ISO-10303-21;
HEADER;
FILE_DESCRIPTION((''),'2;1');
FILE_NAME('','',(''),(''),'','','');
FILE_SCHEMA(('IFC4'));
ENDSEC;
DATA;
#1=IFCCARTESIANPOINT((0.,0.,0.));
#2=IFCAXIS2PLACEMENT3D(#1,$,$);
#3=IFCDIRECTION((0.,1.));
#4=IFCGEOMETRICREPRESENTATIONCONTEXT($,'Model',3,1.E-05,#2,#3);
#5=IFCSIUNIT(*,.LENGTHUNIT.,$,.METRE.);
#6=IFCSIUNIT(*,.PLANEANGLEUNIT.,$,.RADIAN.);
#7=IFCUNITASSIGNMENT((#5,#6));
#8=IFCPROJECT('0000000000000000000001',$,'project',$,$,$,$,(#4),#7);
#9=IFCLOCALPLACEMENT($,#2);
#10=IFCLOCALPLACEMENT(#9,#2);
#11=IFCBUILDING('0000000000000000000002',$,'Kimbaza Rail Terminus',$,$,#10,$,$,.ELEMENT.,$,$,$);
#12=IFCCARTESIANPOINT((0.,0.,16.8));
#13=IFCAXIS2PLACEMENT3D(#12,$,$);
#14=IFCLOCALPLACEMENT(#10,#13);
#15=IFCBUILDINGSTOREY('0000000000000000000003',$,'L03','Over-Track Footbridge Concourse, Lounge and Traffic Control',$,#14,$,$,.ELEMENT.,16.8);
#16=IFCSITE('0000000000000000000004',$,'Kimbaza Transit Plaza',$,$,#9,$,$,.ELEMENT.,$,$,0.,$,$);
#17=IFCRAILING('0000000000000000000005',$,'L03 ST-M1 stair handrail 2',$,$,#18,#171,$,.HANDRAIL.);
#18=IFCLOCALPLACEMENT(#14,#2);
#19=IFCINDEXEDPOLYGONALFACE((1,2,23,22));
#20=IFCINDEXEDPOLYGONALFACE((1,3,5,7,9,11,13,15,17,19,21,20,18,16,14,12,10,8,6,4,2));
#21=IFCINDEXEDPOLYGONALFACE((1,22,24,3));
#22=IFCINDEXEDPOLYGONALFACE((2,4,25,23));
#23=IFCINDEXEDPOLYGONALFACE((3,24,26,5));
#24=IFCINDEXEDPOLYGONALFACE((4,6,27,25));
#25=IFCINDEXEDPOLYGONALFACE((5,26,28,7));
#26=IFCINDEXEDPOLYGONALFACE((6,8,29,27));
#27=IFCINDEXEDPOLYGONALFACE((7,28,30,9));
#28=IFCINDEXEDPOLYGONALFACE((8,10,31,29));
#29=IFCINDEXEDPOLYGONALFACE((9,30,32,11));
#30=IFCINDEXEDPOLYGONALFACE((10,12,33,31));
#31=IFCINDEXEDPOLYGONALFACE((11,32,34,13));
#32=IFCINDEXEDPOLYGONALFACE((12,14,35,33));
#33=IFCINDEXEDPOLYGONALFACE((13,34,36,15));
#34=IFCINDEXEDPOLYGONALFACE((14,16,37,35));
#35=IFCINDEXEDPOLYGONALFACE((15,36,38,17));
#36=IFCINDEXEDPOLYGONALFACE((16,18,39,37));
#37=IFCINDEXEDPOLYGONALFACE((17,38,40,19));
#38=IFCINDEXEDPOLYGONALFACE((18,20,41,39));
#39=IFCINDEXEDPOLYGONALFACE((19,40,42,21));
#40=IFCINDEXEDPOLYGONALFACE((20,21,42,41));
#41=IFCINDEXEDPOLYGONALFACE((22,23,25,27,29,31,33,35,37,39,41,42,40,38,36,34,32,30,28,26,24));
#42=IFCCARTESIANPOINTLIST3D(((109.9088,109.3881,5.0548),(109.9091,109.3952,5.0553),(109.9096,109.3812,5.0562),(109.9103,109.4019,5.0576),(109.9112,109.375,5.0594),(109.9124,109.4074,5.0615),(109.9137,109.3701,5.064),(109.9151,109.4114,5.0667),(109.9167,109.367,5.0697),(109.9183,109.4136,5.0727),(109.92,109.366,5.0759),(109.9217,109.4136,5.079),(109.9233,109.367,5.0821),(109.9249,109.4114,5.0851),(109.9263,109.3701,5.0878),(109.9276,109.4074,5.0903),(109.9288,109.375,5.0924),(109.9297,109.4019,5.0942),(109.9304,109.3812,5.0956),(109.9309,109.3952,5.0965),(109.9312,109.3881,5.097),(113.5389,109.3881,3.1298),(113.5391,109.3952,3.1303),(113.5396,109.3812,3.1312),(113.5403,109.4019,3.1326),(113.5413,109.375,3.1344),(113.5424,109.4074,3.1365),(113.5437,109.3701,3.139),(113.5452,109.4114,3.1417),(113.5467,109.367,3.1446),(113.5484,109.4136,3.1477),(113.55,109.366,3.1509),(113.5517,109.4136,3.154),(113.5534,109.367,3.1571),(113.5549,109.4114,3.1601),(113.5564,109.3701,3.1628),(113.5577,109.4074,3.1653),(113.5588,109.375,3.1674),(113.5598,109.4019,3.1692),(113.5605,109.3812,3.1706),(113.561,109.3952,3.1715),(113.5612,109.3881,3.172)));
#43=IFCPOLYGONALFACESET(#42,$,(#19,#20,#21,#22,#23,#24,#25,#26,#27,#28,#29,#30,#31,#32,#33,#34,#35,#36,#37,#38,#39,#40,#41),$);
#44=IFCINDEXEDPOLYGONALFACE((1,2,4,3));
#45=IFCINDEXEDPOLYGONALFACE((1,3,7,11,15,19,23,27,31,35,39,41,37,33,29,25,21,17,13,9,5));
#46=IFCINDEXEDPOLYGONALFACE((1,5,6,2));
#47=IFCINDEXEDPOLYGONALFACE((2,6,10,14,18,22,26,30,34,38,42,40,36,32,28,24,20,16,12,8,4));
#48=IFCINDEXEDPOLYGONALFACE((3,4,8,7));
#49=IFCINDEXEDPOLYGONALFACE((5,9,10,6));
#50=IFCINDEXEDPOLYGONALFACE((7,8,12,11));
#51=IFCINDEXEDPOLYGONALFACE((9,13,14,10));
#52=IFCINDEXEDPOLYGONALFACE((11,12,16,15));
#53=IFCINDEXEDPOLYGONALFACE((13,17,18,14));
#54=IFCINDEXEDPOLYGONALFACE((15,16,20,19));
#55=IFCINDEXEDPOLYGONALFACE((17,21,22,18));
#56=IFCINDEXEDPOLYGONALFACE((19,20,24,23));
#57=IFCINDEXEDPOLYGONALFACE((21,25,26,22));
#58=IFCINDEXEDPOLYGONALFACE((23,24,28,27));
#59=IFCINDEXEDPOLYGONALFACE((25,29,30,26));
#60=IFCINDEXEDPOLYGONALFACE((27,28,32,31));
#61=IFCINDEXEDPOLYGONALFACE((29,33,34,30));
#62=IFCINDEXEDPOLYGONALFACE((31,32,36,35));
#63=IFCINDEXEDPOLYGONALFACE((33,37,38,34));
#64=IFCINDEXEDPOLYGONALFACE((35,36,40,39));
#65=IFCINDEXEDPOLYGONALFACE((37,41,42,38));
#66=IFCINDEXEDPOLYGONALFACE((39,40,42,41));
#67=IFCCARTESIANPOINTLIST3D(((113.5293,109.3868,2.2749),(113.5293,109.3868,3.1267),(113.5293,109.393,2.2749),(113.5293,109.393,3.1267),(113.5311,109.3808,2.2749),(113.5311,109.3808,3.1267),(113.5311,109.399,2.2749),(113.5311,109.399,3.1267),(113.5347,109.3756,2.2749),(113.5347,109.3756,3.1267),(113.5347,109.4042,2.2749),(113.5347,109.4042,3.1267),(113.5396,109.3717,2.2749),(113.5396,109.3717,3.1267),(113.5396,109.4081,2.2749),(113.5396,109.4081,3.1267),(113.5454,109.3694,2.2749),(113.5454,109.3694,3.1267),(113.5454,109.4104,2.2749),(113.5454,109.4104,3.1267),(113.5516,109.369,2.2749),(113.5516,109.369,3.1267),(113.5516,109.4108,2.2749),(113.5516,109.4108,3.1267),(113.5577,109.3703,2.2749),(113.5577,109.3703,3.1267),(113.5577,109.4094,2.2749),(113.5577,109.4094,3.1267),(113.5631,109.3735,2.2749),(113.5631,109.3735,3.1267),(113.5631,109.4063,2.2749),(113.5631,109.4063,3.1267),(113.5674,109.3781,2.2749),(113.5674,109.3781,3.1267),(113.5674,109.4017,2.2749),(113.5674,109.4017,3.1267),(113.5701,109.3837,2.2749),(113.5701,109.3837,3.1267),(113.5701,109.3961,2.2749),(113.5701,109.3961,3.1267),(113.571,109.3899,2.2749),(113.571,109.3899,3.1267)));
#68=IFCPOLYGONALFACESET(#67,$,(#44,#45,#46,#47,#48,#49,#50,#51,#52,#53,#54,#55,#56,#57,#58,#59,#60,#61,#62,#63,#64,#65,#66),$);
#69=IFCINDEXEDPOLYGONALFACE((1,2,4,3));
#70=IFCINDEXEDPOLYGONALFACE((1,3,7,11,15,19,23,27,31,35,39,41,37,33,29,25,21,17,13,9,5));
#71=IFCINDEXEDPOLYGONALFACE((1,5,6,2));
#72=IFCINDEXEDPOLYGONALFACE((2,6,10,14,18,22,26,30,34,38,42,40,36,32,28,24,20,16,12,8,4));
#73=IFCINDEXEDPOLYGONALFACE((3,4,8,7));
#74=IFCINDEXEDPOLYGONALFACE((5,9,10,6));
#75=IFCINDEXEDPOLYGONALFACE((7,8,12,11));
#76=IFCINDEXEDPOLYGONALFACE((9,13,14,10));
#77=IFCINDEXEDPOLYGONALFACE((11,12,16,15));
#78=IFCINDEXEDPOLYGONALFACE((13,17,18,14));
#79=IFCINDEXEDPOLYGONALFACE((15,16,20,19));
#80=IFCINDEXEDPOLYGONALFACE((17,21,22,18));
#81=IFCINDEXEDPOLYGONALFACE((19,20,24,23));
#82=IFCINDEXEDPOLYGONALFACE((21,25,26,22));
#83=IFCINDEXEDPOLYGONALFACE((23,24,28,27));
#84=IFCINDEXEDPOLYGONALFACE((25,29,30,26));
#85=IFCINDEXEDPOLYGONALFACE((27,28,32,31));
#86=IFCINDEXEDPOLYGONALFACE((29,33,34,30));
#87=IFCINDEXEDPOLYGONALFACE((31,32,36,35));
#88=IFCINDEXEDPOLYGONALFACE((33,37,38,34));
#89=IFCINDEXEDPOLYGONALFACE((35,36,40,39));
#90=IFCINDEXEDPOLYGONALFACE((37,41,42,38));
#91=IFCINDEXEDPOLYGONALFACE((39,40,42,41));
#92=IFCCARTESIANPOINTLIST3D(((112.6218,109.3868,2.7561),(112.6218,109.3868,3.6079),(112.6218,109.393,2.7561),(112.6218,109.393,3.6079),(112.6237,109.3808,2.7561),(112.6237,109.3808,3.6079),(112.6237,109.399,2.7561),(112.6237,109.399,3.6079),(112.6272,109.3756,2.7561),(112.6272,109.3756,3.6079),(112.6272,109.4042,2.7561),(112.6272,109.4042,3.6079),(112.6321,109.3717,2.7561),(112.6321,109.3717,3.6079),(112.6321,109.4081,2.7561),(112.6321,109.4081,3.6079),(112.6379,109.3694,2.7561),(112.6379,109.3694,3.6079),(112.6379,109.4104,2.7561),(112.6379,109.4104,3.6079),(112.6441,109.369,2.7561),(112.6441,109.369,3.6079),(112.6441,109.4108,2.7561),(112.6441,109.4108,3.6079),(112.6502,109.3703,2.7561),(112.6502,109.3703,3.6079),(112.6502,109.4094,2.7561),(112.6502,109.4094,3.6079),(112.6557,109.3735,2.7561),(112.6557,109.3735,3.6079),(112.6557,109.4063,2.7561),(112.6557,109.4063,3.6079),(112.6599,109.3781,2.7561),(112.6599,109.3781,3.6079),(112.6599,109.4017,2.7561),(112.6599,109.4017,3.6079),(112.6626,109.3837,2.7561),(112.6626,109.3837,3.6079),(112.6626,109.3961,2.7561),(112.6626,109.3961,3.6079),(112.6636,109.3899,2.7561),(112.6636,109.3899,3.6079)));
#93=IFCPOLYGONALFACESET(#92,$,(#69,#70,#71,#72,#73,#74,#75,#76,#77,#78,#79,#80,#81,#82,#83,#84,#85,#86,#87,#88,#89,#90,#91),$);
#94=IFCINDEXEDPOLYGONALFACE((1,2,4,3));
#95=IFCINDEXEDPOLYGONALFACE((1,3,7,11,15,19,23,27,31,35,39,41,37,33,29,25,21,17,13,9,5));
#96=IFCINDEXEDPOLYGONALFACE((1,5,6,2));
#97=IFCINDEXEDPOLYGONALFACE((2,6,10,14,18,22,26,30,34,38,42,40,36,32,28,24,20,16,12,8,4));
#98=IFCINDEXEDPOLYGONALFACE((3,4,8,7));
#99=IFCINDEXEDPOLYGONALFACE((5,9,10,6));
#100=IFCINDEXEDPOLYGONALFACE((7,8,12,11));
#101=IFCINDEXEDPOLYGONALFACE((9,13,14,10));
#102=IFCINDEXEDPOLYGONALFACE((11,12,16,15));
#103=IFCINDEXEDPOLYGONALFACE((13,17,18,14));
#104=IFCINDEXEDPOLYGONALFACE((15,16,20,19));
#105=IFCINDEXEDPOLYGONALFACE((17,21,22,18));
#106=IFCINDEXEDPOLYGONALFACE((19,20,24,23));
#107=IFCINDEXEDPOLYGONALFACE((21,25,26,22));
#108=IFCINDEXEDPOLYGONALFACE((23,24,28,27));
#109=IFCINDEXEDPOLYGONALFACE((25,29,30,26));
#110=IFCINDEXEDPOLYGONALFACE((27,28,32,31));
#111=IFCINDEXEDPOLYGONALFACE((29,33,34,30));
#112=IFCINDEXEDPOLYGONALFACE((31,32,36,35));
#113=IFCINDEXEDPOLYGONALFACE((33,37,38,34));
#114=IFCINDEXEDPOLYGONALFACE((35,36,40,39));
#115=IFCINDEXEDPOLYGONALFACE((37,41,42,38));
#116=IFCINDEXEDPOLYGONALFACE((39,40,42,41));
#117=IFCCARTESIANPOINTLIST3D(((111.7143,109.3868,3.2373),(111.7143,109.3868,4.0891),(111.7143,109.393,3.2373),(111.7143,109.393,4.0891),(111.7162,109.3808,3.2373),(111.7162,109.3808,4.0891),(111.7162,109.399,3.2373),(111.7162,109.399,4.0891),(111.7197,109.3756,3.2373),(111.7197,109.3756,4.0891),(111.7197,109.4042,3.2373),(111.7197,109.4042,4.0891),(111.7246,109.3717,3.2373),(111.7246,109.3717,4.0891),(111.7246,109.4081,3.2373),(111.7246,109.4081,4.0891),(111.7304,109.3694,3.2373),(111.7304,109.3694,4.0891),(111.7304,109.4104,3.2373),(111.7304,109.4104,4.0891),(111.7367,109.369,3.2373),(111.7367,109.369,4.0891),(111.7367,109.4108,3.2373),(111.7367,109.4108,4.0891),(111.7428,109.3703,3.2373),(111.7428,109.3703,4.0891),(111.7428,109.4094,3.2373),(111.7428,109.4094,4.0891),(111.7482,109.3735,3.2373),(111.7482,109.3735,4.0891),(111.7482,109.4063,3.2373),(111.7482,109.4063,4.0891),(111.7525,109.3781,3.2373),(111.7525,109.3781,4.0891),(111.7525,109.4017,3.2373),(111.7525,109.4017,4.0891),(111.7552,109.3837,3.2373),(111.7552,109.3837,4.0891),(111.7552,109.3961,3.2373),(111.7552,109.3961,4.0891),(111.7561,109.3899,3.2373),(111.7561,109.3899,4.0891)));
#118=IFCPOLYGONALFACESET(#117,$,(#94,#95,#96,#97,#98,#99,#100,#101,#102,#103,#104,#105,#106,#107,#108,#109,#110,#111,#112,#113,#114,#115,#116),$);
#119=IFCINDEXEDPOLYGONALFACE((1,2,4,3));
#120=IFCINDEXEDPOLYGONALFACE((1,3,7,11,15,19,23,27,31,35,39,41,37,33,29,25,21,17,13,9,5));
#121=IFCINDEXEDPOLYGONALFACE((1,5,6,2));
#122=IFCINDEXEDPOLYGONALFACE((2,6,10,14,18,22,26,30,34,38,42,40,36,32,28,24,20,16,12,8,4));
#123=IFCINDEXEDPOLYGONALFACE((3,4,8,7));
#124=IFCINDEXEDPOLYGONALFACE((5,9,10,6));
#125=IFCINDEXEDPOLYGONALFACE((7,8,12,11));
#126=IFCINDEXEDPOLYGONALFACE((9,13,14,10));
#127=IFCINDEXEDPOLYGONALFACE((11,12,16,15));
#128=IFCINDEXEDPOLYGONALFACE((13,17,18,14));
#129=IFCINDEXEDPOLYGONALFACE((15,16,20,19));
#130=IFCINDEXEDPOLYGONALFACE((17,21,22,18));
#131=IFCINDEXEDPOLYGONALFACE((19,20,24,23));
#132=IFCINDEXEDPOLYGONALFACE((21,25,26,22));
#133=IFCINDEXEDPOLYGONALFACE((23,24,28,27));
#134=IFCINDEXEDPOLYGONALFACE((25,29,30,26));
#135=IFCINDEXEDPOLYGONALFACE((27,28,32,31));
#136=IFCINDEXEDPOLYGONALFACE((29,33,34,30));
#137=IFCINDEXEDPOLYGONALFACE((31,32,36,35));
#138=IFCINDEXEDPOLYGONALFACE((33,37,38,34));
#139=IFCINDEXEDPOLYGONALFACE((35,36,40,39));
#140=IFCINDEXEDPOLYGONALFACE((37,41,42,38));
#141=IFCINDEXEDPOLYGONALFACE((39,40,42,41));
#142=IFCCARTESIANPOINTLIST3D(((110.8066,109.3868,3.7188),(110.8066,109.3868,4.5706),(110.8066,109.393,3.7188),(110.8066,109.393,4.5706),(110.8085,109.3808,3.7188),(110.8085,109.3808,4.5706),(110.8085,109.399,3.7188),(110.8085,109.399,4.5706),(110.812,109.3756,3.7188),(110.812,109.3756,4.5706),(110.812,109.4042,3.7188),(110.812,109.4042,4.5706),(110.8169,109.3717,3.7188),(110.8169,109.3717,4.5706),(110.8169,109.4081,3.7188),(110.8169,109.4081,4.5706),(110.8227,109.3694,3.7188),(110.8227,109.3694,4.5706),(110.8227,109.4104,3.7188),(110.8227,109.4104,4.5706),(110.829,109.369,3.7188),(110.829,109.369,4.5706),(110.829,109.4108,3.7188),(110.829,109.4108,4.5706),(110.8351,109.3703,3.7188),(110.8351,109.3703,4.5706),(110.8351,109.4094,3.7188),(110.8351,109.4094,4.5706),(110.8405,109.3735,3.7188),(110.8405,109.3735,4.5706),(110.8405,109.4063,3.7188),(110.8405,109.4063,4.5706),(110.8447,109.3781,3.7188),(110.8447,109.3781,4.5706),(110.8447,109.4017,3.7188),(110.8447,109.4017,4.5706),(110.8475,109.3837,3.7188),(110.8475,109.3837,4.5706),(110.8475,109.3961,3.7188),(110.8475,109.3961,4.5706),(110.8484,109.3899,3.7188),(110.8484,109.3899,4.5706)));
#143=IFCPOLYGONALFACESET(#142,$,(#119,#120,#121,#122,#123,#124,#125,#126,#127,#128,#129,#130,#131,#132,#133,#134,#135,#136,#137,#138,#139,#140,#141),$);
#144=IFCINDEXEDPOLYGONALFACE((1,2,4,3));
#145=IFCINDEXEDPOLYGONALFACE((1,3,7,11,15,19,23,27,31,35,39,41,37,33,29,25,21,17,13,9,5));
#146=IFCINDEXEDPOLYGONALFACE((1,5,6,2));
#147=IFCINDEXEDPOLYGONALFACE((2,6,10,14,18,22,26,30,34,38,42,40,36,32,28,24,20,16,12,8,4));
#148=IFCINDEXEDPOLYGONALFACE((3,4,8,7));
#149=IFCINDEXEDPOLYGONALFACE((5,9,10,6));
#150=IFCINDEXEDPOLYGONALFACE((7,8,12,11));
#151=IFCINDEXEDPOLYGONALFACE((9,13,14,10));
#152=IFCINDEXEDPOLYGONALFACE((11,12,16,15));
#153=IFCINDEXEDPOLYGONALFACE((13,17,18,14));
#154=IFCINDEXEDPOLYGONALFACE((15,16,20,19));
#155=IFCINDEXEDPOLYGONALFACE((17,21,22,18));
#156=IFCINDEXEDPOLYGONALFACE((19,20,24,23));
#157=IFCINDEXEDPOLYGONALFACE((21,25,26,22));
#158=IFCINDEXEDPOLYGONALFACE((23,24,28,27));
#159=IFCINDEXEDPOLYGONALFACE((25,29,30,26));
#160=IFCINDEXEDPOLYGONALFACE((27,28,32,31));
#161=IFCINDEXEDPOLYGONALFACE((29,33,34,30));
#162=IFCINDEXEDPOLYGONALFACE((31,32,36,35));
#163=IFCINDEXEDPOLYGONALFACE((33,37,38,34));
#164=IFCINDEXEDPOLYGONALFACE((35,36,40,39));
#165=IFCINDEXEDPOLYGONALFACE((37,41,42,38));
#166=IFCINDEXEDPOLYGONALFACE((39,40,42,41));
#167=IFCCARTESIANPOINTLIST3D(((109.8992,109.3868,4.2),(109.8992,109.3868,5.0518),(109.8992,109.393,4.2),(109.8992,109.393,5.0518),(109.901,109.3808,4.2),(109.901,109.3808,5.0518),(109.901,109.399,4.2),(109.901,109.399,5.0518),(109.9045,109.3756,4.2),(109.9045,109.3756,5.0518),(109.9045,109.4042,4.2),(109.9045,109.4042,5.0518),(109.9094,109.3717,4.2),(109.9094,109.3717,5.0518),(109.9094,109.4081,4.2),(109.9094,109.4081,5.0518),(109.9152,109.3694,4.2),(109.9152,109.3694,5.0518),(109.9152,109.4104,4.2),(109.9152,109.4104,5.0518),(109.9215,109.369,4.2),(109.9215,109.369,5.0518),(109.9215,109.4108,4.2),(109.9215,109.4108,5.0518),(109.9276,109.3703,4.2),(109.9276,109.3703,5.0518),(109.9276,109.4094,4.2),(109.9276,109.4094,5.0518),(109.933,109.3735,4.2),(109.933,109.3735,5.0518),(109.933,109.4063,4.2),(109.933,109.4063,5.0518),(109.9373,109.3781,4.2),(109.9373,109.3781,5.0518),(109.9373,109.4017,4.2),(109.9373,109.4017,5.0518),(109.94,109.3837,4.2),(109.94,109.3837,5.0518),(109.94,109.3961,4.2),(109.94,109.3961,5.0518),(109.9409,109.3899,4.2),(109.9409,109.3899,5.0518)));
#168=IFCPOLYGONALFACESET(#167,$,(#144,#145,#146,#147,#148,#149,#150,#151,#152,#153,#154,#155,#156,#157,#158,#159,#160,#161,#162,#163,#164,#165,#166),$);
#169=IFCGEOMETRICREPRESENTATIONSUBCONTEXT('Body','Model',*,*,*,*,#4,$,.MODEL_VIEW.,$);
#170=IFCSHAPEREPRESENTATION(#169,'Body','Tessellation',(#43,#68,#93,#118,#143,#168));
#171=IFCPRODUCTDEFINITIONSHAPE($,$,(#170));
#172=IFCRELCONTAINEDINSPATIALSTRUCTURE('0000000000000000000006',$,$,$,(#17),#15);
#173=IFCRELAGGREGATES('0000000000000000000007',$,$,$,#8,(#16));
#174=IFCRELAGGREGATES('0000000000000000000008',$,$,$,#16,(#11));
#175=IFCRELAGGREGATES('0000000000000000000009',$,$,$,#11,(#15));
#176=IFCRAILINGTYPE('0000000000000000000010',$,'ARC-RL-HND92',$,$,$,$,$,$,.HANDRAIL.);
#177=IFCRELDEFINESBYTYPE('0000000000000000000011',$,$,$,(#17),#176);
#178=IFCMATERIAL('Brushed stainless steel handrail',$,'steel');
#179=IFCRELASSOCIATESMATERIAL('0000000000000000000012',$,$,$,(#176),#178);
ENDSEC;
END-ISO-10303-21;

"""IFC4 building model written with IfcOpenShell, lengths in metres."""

from ifc_helpers import new_model, si_unit, direction, frame, origin, origin_2d, place, context, subcontext, project, spatial, circle, extrude, material, type_object, element, save


model = new_model("IFC4")

# Units and contexts
model_context = context("Model", 3, precision=1e-05, world=origin(), true_north=direction((0.0, 1.0)))
body_context = subcontext(model_context, "Body", "Model", "MODEL_VIEW")
ifc_project = project(units=[si_unit("LENGTHUNIT", "METRE"), si_unit("PLANEANGLEUNIT", "RADIAN")], contexts=[model_context])

# Site, building, storey
site_placement = place(None, origin())
site = spatial("IfcSite", under=ifc_project, at=site_placement, Name="Kimbaza Transit Plaza", CompositionType="ELEMENT", RefElevation=0.0)
building_placement = place(site_placement, origin())
building = spatial("IfcBuilding", under=site, at=building_placement, Name="Kimbaza Rail Terminus", CompositionType="ELEMENT")
storey_placement = place(building_placement, frame((0.0, 0.0, 16.8)))
storey = spatial("IfcBuildingStorey", under=building, at=storey_placement, Name="L03", Description="Over-Track Footbridge Concourse, Lounge and Traffic Control", CompositionType="ELEMENT", Elevation=16.8)

# Railing
ifc_material_1 = material(Name="Brushed stainless steel handrail", Category="steel")
railing_type_1 = type_object("IfcRailingType", Name="ARC-RL-HND92", PredefinedType="HANDRAIL", material=ifc_material_1)
railing_1_placement = place(storey_placement, frame((113.55, 109.3899, 2.2749)))
element("IfcRailing", 1, at=railing_1_placement, inside=storey, type_object=railing_type_1, Name="L03 ST-M1 stair handrail 2", PredefinedType="HANDRAIL", context=body_context, shape_type="SweptSolid", body=[
    extrude(circle(Radius=0.0239, at=origin_2d()), frame((0.0, 0.0, 0.876), z_axis=(-0.883464, 0.0, 0.468499), x_axis=(0.0, -1.0, 0.0)), (0.0, 0.0, 1.0), 4.1089),
    extrude(circle(Radius=0.021, at=origin_2d()), origin(), (0.0, 0.0, 1.0), 0.8518),
    extrude(circle(Radius=0.021, at=origin_2d()), frame((-0.9075, 0.0, 0.4812)), (0.0, 0.0, 1.0), 0.8518),
    extrude(circle(Radius=0.021, at=origin_2d()), frame((-1.8149, 0.0, 0.9624)), (0.0, 0.0, 1.0), 0.8518),
    extrude(circle(Radius=0.021, at=origin_2d()), frame((-2.7227, 0.0, 1.4438)), (0.0, 0.0, 1.0), 0.8518),
    extrude(circle(Radius=0.021, at=origin_2d()), frame((-3.6301, 0.0, 1.925)), (0.0, 0.0, 1.0), 0.8518),
])

save(model, "model.ifc")
